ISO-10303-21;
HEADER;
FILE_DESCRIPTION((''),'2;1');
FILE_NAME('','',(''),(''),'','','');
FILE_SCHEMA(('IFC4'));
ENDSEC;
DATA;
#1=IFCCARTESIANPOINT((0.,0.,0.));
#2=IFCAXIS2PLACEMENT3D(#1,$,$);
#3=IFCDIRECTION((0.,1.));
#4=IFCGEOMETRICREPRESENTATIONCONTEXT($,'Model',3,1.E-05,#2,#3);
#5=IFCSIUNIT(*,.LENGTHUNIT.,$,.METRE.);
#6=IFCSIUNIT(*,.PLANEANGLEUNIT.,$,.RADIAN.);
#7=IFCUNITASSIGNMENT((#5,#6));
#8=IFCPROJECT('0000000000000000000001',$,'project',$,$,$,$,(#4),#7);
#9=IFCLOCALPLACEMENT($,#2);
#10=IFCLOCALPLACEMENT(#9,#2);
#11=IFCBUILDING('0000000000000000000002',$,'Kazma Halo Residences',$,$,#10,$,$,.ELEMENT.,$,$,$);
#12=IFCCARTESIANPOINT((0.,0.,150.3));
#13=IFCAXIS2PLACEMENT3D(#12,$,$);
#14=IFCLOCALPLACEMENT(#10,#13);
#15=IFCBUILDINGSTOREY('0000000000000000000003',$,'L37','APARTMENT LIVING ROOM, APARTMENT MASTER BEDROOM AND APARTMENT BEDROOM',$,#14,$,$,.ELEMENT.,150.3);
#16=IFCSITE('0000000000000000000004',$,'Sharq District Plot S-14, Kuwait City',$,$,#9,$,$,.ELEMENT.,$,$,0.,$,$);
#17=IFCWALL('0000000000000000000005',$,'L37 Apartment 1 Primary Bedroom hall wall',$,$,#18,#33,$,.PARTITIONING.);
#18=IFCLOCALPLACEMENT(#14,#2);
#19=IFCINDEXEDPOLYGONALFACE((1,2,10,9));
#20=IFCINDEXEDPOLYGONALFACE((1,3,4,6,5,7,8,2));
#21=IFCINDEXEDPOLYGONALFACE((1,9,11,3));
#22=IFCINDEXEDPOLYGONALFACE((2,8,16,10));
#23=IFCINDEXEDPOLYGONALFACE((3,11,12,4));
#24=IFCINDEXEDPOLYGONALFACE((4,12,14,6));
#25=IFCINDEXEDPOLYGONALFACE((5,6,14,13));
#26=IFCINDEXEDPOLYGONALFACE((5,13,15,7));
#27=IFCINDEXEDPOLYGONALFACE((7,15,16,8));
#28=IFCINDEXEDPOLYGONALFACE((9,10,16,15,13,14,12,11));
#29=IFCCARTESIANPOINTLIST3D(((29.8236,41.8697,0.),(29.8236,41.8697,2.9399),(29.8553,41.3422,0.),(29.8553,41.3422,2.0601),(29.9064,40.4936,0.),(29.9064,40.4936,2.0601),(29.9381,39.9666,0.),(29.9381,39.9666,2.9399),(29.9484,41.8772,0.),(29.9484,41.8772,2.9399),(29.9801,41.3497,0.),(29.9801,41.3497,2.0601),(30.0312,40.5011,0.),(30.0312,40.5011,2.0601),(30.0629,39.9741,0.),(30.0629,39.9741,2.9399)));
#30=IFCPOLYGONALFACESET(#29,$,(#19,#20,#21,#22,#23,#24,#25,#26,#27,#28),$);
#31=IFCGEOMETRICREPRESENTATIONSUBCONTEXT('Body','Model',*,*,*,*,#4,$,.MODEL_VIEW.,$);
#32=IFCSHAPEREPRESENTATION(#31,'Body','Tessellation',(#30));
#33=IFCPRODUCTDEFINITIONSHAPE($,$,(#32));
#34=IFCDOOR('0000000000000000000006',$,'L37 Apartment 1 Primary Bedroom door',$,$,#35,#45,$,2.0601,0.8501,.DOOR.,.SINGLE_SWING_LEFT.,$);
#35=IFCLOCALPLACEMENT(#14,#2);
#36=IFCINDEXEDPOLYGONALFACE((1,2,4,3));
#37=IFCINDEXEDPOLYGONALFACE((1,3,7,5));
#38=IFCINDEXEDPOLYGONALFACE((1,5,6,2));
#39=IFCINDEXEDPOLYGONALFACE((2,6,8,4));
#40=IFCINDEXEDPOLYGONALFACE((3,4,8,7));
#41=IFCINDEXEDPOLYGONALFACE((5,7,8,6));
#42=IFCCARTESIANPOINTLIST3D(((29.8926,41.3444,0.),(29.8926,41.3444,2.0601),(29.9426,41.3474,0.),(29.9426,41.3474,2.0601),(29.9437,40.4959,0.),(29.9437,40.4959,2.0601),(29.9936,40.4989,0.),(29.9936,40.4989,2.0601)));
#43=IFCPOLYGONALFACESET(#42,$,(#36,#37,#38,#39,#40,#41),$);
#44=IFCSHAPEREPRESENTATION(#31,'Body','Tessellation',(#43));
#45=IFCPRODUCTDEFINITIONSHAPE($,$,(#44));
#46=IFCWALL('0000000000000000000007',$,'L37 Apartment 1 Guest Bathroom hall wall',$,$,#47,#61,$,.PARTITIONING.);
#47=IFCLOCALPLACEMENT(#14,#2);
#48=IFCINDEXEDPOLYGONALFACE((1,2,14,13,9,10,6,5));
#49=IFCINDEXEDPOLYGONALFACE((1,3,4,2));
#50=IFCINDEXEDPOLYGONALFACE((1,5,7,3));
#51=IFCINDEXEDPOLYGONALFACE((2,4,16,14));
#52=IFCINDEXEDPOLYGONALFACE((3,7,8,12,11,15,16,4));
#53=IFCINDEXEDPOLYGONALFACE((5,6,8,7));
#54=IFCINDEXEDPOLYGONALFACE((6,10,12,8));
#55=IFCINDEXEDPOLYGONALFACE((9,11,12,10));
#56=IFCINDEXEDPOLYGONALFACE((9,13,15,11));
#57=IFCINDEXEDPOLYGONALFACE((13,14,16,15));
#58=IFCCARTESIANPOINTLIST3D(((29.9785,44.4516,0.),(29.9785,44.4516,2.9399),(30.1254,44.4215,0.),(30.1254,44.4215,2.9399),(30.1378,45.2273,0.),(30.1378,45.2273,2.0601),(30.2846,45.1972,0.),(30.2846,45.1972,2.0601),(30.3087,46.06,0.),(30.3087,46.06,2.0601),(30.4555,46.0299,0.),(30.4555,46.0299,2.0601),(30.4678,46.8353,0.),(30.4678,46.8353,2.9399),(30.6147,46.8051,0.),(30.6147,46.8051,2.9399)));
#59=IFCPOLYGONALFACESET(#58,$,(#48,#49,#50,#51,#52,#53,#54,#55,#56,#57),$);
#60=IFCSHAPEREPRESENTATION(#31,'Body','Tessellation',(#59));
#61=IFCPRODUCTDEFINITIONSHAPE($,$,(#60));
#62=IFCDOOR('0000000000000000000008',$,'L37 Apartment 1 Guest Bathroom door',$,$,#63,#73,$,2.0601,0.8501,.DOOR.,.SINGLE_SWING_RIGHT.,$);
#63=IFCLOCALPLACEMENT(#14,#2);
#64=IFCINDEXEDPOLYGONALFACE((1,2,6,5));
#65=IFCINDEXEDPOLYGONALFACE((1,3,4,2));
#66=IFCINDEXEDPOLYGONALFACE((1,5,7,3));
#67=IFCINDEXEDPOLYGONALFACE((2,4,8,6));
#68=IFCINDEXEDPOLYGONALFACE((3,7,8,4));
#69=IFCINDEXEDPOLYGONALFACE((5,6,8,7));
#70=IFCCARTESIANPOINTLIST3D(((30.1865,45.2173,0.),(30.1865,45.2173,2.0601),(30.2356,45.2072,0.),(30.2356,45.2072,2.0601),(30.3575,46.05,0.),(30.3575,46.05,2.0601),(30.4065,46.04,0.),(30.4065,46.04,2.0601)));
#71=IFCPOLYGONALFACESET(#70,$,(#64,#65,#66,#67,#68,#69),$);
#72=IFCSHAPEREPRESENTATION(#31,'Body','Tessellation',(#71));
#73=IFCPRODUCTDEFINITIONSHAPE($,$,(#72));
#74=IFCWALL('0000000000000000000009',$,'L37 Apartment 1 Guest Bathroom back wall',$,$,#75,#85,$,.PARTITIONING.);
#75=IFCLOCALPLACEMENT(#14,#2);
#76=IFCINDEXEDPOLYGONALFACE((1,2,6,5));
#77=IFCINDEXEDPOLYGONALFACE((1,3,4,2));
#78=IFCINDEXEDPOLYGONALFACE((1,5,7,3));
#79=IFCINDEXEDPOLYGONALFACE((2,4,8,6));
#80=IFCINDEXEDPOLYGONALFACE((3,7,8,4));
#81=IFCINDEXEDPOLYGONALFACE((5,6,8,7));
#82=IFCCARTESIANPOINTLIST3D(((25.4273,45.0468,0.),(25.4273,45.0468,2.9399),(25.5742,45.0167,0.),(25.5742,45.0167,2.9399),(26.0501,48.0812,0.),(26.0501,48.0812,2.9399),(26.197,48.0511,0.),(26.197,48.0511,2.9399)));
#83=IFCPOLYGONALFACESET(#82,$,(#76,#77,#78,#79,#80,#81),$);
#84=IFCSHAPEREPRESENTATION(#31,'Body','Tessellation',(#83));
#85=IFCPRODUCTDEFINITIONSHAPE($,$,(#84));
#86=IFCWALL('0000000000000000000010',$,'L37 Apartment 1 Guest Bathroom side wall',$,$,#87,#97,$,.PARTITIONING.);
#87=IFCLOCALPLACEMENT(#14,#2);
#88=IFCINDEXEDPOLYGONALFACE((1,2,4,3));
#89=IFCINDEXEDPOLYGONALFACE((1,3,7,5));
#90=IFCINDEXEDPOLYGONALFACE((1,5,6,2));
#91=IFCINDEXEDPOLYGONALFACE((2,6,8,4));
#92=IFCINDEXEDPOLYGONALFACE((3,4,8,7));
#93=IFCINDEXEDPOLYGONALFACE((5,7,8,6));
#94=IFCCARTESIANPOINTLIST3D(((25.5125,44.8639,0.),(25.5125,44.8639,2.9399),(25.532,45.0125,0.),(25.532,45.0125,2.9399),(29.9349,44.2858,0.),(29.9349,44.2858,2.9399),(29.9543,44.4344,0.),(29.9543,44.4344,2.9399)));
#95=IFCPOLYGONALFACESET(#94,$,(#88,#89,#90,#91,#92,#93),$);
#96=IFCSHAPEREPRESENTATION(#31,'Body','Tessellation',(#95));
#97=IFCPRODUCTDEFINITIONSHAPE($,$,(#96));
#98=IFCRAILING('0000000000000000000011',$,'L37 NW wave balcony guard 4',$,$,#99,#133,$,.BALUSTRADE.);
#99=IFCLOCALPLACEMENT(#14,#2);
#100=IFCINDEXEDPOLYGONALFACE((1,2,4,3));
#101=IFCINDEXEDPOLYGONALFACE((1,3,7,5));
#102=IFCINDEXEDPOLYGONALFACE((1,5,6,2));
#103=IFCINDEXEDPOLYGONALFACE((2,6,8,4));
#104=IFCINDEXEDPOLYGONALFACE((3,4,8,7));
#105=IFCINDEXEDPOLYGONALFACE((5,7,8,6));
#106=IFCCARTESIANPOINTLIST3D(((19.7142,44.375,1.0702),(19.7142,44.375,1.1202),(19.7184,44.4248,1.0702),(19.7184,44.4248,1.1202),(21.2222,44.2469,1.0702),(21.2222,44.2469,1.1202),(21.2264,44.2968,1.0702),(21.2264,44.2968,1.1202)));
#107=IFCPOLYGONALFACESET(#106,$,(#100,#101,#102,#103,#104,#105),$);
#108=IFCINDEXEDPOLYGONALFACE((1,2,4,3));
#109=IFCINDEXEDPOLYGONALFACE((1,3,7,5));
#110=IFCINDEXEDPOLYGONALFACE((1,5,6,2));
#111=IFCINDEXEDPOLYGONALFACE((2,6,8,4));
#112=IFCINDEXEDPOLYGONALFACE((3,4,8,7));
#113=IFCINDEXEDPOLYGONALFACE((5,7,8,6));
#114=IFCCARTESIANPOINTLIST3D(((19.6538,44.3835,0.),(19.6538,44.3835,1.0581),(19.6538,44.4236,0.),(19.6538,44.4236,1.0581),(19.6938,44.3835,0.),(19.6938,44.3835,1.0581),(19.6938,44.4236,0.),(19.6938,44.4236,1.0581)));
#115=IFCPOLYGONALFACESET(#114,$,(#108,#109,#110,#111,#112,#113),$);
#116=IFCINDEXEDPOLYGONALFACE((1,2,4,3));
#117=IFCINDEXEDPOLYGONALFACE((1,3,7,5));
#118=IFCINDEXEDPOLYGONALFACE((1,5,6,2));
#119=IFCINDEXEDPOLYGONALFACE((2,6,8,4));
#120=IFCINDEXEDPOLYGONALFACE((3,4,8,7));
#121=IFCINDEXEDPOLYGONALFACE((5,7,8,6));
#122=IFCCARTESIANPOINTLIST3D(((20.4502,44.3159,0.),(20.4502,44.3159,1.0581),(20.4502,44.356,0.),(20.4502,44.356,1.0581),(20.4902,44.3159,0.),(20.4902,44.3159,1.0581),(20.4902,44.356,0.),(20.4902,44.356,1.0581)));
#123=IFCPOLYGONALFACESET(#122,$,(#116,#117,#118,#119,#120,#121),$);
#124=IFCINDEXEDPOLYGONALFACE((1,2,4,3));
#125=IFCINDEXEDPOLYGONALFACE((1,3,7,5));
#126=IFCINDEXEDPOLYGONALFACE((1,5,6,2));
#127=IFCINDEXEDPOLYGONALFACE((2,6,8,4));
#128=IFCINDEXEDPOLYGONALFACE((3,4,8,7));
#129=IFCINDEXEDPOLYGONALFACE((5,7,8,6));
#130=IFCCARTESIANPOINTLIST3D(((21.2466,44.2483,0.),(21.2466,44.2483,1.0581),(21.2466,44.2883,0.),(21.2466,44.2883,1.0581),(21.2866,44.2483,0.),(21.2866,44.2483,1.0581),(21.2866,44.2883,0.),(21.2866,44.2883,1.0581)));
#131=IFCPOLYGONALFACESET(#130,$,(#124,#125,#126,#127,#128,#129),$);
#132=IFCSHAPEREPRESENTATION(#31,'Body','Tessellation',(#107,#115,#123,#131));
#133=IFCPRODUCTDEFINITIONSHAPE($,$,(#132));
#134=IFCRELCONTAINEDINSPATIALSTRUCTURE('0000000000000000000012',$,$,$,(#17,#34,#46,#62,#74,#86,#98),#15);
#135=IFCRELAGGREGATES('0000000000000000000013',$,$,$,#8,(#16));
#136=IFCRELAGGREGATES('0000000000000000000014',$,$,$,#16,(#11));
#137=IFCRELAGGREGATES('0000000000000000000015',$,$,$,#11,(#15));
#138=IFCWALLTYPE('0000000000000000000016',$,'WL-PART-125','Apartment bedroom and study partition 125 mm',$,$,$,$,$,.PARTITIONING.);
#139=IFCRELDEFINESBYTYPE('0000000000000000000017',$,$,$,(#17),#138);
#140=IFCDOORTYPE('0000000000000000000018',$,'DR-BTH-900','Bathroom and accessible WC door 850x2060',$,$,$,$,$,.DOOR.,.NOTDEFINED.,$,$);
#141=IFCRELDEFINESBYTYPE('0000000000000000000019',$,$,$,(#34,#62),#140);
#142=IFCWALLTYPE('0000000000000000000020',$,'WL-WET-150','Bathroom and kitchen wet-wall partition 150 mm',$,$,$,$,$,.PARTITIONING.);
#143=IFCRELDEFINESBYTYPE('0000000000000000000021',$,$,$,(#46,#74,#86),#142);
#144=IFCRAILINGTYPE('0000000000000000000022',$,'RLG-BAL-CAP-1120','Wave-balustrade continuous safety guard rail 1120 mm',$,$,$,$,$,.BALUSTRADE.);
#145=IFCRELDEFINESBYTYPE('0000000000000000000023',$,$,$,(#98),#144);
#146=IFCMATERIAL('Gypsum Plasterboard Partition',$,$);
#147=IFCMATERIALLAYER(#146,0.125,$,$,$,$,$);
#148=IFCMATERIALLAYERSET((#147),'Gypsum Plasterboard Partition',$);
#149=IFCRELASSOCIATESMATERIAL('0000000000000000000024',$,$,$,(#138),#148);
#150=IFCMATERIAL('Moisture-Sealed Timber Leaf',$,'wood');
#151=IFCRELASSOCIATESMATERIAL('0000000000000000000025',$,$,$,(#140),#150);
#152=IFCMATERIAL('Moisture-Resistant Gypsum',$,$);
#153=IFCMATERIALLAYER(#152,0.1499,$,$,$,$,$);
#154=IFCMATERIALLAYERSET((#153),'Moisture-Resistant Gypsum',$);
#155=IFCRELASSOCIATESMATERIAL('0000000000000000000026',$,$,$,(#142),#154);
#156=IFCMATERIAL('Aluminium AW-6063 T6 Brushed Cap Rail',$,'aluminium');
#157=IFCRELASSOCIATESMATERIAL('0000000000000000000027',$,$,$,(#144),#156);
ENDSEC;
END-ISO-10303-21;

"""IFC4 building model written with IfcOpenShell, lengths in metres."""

from ifc_helpers import new_model, si_unit, direction, frame, frame_2d, origin, origin_2d, place, context, subcontext, project, spatial, rectangle, extrude, material, layer, layer_set, type_object, element, fill, save


model = new_model("IFC4")

# Units and contexts
model_context = context("Model", 3, precision=1e-05, world=origin(), true_north=direction((0.0, 1.0)))
body_context = subcontext(model_context, "Body", "Model", "MODEL_VIEW")
ifc_project = project(units=[si_unit("LENGTHUNIT", "METRE"), si_unit("PLANEANGLEUNIT", "RADIAN")], contexts=[model_context])

# Site, building, storey
site_placement = place(None, origin())
site = spatial("IfcSite", under=ifc_project, at=site_placement, Name="Sharq District Plot S-14, Kuwait City", CompositionType="ELEMENT", RefElevation=0.0)
building_placement = place(site_placement, origin())
building = spatial("IfcBuilding", under=site, at=building_placement, Name="Kazma Halo Residences", CompositionType="ELEMENT")
storey_placement = place(building_placement, frame((0.0, 0.0, 150.3)))
storey = spatial("IfcBuildingStorey", under=building, at=storey_placement, Name="L37", Description="APARTMENT LIVING ROOM, APARTMENT MASTER BEDROOM AND APARTMENT BEDROOM", CompositionType="ELEMENT", Elevation=150.3)

# Shared definitions
ifc_material_1 = material(Name="Gypsum Plasterboard Partition")
ifc_layer_1 = layer(ifc_material_1, 0.125)
ifc_layer_set_1 = layer_set([ifc_layer_1], Name="Gypsum Plasterboard Partition")
wall_type_1 = type_object("IfcWallType", Name="WL-PART-125", Description="Apartment bedroom and study partition 125 mm", PredefinedType="PARTITIONING", material=ifc_layer_set_1)

# Shared definitions
ifc_material_2 = material(Name="Moisture-Sealed Timber Leaf", Category="wood")
door_type = type_object("IfcDoorType", Name="DR-BTH-900", Description="Bathroom and accessible WC door 850x2060", OperationType="NOTDEFINED", PredefinedType="DOOR", material=ifc_material_2)

# Walls, openings, doors
wall_1_placement = place(storey_placement, frame((29.886, 41.8733, 0.0), z_axis=(0.0, 0.0, 1.0), x_axis=(0.060058, -0.998195, 0.0)))
wall_1 = element("IfcWall", 1, at=wall_1_placement, inside=storey, type_object=wall_type_1, Name="L37 Apartment 1 Primary Bedroom hall wall", PredefinedType="PARTITIONING", context=body_context, shape_type="SweptSolid", body=[
    extrude(rectangle(XDim=1.9065, YDim=0.125, at=frame_2d((0.9531, 0.0))), origin(), (0.0, 0.0, 1.0), 2.9399),
])
opening_1_placement = place(wall_1_placement, frame((0.5283, 0.0, 0.0)))
opening_1 = element("IfcOpeningElement", 2, at=opening_1_placement, cuts=wall_1, PredefinedType="OPENING", context=body_context, shape_type="SweptSolid", body=[
    extrude(rectangle(XDim=0.8501, YDim=2.0601, at=frame_2d((0.425, 1.03))), frame((0.0, 0.0725, 0.0), z_axis=(0.0, -1.0, 0.0), x_axis=(1.0, 0.0, 0.0)), (0.0, 0.0, 1.0), 0.145),
])
door_1_placement = place(opening_1_placement, origin())
door_1 = element("IfcDoor", 3, at=door_1_placement, inside=storey, type_object=door_type, Name="L37 Apartment 1 Primary Bedroom door", OperationType="SINGLE_SWING_LEFT", OverallHeight=2.0601, OverallWidth=0.8501, PredefinedType="DOOR", context=body_context, shape_type="SweptSolid", body=[
    extrude(rectangle(XDim=0.8501, YDim=2.0601, at=frame_2d((0.425, 1.03))), frame((0.0, 0.0249, 0.0), z_axis=(0.0, -1.0, 0.0), x_axis=(1.0, 0.0, 0.0)), (0.0, 0.0, 1.0), 0.05),
])
fill(opening_1, door_1)
ifc_material_3 = material(Name="Moisture-Resistant Gypsum")
ifc_layer_2 = layer(ifc_material_3, 0.1499)
ifc_layer_set_2 = layer_set([ifc_layer_2], Name="Moisture-Resistant Gypsum")
wall_type_2 = type_object("IfcWallType", Name="WL-WET-150", Description="Bathroom and kitchen wet-wall partition 150 mm", PredefinedType="PARTITIONING", material=ifc_layer_set_2)
wall_2_placement = place(storey_placement, frame((30.5413, 46.8203, 0.0), z_axis=(0.0, 0.0, 1.0), x_axis=(-0.201073, -0.979576, 0.0)))
wall_2 = element("IfcWall", 4, at=wall_2_placement, inside=storey, type_object=wall_type_2, Name="L37 Apartment 1 Guest Bathroom hall wall", PredefinedType="PARTITIONING", context=body_context, shape_type="SweptSolid", body=[
    extrude(rectangle(XDim=2.4333, YDim=0.1499, at=frame_2d((1.2168, 0.0))), origin(), (0.0, 0.0, 1.0), 2.9399),
])
opening_2_placement = place(wall_2_placement, frame((0.7915, 0.0, 0.0)))
opening_2 = element("IfcOpeningElement", 5, at=opening_2_placement, cuts=wall_2, PredefinedType="OPENING", context=body_context, shape_type="SweptSolid", body=[
    extrude(rectangle(XDim=0.8501, YDim=2.0601, at=frame_2d((0.425, 1.03))), frame((0.0, 0.085, 0.0), z_axis=(0.0, -1.0, 0.0), x_axis=(1.0, 0.0, 0.0)), (0.0, 0.0, 1.0), 0.1699),
])
door_2_placement = place(opening_2_placement, origin())
door_2 = element("IfcDoor", 6, at=door_2_placement, inside=storey, type_object=door_type, Name="L37 Apartment 1 Guest Bathroom door", OperationType="SINGLE_SWING_RIGHT", OverallHeight=2.0601, OverallWidth=0.8501, PredefinedType="DOOR", context=body_context, shape_type="SweptSolid", body=[
    extrude(rectangle(XDim=0.8501, YDim=2.0601, at=frame_2d((0.425, 1.03))), frame((0.0, 0.0249, 0.0), z_axis=(0.0, -1.0, 0.0), x_axis=(1.0, 0.0, 0.0)), (0.0, 0.0, 1.0), 0.05),
])
fill(opening_2, door_2)

# Walls
wall_3_placement = place(storey_placement, frame((26.1235, 48.0662, 0.0), z_axis=(0.0, 0.0, 1.0), x_axis=(-0.201055, -0.97958, 0.0)))
element("IfcWall", 7, at=wall_3_placement, inside=storey, type_object=wall_type_2, Name="L37 Apartment 1 Guest Bathroom back wall", PredefinedType="PARTITIONING", context=body_context, shape_type="SweptSolid", body=[
    extrude(rectangle(XDim=3.0977, YDim=0.1499, at=frame_2d((1.5488, 0.0))), origin(), (0.0, 0.0, 1.0), 2.9399),
])
wall_4_placement = place(storey_placement, frame((29.9446, 44.3601, 0.0), z_axis=(0.0, 0.0, 1.0), x_axis=(-0.991563, 0.129625, 0.0)))
element("IfcWall", 8, at=wall_4_placement, inside=storey, type_object=wall_type_2, Name="L37 Apartment 1 Guest Bathroom side wall", PredefinedType="PARTITIONING", context=body_context, shape_type="SweptSolid", body=[
    extrude(rectangle(XDim=4.46, YDim=0.1499, at=frame_2d((2.23, 0.0))), origin(), (0.0, 0.0, 1.0), 2.9399),
])

# Railing
ifc_material_4 = material(Name="Aluminium AW-6063 T6 Brushed Cap Rail", Category="aluminium")
railing_type = type_object("IfcRailingType", Name="RLG-BAL-CAP-1120", Description="Wave-balustrade continuous safety guard rail 1120 mm", PredefinedType="BALUSTRADE", material=ifc_material_4)
railing_placement = place(storey_placement, frame((19.6738, 44.4036, 0.0)))
element("IfcRailing", 9, at=railing_placement, inside=storey, type_object=railing_type, Name="L37 NW wave balcony guard 4", PredefinedType="BALUSTRADE", context=body_context, shape_type="SweptSolid", body=[
    extrude(rectangle(XDim=0.05, YDim=0.05, at=origin_2d()), frame((0.0425, -0.0037, 1.0952), z_axis=(0.996414, -0.084613, 0.0), x_axis=(0.084613, 0.996414, 0.0)), (0.0, 0.0, 1.0), 1.5134),
    extrude(rectangle(XDim=0.04, YDim=0.04, at=origin_2d()), origin(), (0.0, 0.0, 1.0), 1.0581),
    extrude(rectangle(XDim=0.04, YDim=0.04, at=origin_2d()), frame((0.7964, -0.0676, 0.0)), (0.0, 0.0, 1.0), 1.0581),
    extrude(rectangle(XDim=0.04, YDim=0.04, at=origin_2d()), frame((1.5928, -0.1353, 0.0)), (0.0, 0.0, 1.0), 1.0581),
])

save(model, "model.ifc")
